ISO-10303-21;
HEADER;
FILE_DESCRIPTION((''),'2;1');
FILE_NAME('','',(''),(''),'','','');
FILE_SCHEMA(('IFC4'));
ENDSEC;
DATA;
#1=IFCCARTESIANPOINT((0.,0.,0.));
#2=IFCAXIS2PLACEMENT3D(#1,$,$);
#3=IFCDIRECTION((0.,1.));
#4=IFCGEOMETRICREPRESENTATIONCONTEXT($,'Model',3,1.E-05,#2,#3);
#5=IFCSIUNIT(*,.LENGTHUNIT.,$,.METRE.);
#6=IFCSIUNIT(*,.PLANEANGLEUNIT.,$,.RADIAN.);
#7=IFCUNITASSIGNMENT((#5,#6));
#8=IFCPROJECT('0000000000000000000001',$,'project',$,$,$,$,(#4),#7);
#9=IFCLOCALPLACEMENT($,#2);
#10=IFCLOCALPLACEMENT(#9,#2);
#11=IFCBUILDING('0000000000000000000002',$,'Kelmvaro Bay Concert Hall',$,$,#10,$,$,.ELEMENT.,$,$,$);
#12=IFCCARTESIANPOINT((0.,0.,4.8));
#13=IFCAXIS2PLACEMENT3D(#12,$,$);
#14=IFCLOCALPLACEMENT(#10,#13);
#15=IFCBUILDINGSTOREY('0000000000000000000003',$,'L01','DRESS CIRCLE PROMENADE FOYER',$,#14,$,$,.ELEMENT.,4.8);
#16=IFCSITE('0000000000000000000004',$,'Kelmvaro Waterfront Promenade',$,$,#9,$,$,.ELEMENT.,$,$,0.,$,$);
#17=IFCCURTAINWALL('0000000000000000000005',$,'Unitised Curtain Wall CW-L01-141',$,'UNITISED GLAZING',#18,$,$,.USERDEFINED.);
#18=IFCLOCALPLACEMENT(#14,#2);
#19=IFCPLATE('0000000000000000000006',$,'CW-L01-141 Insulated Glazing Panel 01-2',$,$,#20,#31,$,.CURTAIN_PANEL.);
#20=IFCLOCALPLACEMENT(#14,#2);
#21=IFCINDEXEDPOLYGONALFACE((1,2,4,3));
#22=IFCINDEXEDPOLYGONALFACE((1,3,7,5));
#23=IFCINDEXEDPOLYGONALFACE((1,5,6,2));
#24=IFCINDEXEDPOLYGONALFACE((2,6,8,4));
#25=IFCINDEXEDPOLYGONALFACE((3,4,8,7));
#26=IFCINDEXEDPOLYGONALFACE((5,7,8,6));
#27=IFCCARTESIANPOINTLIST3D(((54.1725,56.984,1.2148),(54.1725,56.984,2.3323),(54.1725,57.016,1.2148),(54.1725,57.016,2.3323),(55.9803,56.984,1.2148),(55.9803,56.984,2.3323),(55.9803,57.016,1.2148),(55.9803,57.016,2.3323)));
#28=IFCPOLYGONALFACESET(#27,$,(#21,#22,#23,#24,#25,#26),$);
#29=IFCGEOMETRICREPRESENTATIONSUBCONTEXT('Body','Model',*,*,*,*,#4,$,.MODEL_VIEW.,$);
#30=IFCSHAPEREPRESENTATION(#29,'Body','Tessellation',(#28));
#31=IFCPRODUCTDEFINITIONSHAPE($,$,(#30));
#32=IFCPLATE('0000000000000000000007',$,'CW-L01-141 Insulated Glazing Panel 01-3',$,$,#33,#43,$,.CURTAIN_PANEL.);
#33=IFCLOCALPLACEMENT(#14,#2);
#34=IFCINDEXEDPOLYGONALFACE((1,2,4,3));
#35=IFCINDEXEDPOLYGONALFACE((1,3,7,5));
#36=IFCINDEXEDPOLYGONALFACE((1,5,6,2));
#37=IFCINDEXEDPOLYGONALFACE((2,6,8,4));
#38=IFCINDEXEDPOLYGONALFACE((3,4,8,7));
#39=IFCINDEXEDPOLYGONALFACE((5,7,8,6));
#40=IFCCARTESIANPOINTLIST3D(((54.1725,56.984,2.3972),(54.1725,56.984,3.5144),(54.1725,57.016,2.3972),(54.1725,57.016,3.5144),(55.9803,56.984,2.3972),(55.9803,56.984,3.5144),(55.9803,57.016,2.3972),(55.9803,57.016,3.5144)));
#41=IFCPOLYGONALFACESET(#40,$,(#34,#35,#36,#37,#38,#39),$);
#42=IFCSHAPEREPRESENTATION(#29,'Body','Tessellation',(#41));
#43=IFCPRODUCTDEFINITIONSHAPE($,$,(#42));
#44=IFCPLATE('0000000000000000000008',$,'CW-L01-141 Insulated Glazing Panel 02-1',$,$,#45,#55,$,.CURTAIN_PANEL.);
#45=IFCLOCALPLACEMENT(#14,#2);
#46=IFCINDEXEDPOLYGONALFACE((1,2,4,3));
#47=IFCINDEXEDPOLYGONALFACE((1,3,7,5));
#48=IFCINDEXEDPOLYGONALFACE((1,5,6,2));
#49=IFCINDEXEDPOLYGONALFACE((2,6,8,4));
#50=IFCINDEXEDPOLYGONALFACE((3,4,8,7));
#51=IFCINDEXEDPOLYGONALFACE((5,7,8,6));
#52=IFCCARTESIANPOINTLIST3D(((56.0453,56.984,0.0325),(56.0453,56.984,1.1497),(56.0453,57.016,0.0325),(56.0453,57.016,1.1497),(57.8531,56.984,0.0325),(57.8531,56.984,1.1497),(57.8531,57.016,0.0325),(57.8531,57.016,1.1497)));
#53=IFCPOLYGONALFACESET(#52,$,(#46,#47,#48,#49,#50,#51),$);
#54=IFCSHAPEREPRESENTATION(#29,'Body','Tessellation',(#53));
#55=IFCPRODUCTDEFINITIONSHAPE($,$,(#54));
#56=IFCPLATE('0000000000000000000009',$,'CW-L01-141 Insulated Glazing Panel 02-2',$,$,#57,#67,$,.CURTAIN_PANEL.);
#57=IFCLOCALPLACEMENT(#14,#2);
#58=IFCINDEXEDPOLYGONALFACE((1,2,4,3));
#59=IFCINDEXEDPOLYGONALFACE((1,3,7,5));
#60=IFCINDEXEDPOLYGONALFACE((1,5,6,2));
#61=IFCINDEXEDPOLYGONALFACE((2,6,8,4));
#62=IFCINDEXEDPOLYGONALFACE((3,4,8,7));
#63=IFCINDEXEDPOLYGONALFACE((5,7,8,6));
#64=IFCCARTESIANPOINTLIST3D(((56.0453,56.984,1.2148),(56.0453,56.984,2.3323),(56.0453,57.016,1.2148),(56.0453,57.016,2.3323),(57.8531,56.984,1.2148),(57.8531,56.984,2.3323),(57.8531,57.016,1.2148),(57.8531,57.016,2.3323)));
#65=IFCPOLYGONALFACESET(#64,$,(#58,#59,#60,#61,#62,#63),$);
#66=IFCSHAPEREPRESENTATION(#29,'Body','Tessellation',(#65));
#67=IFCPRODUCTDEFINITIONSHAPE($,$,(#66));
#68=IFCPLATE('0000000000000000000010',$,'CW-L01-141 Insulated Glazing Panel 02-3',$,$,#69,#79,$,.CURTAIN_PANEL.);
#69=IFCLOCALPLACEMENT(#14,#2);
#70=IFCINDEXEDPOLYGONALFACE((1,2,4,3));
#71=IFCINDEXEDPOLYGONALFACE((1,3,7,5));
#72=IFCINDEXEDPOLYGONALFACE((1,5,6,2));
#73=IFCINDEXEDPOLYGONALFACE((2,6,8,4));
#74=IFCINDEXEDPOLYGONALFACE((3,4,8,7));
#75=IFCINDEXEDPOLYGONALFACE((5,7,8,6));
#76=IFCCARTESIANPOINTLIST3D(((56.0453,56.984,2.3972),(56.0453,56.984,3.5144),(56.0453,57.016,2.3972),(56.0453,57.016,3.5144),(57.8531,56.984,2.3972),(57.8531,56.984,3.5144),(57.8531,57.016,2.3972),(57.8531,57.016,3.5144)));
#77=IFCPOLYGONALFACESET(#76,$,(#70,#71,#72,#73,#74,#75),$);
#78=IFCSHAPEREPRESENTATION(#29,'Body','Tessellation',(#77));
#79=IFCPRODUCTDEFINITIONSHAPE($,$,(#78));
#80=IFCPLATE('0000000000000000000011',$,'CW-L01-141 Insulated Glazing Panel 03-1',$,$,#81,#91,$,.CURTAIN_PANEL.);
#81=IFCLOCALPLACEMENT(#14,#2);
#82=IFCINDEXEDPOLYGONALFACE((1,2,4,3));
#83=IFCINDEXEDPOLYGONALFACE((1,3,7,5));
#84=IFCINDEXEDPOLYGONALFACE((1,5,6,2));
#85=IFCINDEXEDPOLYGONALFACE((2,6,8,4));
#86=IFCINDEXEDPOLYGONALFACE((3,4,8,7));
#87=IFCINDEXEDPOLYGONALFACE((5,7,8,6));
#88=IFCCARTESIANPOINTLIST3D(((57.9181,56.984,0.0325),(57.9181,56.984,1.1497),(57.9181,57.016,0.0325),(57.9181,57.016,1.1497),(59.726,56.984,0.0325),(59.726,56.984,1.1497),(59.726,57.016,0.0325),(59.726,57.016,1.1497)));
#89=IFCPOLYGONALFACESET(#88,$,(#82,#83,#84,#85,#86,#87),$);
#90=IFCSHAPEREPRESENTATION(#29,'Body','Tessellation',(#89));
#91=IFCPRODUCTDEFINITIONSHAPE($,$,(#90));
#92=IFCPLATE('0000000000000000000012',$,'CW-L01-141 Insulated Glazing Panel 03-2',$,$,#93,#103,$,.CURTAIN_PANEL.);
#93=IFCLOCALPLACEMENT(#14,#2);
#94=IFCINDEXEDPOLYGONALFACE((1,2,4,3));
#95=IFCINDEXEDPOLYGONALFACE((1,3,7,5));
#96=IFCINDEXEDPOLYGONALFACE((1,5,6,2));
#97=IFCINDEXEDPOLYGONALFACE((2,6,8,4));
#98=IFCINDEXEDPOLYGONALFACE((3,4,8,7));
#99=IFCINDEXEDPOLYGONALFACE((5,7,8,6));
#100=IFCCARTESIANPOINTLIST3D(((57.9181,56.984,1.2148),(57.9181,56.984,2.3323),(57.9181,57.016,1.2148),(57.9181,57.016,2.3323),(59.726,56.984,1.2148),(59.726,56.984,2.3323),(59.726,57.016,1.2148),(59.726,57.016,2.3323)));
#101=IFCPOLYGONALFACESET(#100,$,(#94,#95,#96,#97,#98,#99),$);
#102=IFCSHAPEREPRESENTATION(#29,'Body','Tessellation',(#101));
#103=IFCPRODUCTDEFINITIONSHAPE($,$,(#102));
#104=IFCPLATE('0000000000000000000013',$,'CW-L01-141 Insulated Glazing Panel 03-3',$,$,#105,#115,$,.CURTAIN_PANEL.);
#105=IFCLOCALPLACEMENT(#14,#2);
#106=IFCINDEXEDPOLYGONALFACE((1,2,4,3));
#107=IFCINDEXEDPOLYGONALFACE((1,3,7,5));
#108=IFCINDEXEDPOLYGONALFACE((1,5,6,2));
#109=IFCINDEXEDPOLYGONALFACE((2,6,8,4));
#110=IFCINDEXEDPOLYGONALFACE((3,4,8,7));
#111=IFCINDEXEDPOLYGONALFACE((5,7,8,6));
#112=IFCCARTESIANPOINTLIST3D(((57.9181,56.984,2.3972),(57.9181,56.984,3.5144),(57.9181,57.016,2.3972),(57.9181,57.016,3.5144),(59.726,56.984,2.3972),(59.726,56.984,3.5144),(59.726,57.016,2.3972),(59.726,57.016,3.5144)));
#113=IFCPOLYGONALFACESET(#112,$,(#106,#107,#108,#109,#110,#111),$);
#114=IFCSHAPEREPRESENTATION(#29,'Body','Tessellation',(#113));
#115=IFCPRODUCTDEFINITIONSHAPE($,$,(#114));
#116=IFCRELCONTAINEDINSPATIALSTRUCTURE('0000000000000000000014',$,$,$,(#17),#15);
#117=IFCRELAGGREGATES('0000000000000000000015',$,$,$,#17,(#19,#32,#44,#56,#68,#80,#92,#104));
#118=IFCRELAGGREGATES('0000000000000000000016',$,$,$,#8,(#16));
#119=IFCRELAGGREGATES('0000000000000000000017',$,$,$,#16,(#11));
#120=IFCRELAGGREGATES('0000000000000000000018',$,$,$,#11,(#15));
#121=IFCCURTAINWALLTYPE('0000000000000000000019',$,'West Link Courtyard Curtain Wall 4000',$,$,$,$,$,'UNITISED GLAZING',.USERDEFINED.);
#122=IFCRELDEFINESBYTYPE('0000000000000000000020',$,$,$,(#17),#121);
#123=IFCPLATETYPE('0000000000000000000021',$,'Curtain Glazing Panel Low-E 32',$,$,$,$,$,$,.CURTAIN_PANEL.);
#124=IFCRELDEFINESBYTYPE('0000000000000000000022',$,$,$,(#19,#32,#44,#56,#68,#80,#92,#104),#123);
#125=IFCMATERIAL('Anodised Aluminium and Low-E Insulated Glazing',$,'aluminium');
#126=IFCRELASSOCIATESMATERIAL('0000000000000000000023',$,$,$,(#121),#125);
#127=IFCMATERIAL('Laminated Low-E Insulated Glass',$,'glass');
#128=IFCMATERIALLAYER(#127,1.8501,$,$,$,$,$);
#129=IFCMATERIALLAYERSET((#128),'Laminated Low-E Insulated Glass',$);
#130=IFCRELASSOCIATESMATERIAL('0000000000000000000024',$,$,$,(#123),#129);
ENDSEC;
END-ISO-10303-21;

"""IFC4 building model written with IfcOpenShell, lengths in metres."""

from ifc_helpers import new_model, si_unit, direction, frame, origin, origin_2d, place, context, subcontext, project, spatial, rectangle, extrude, material, layer, layer_set, type_object, element, aggregate, save


model = new_model("IFC4")

# Units and contexts
model_context = context("Model", 3, precision=1e-05, world=origin(), true_north=direction((0.0, 1.0)))
body_context = subcontext(model_context, "Body", "Model", "MODEL_VIEW")
ifc_project = project(units=[si_unit("LENGTHUNIT", "METRE"), si_unit("PLANEANGLEUNIT", "RADIAN")], contexts=[model_context])

# Site, building, storey
site_placement = place(None, origin())
site = spatial("IfcSite", under=ifc_project, at=site_placement, Name="Kelmvaro Waterfront Promenade", CompositionType="ELEMENT", RefElevation=0.0)
building_placement = place(site_placement, origin())
building = spatial("IfcBuilding", under=site, at=building_placement, Name="Kelmvaro Bay Concert Hall", CompositionType="ELEMENT")
storey_placement = place(building_placement, frame((0.0, 0.0, 4.8)))
storey = spatial("IfcBuildingStorey", under=building, at=storey_placement, Name="L01", Description="DRESS CIRCLE PROMENADE FOYER", CompositionType="ELEMENT", Elevation=4.8)

# Shared definitions
ifc_material_1 = material(Name="Anodised Aluminium and Low-E Insulated Glazing", Category="aluminium")
curtain_wall_type = type_object("IfcCurtainWallType", Name="West Link Courtyard Curtain Wall 4000", ElementType="UNITISED GLAZING", PredefinedType="USERDEFINED", material=ifc_material_1)

# Curtain wall
curtain_wall_1_placement = place(storey_placement, origin())
curtain_wall_1 = element("IfcCurtainWall", 1, at=curtain_wall_1_placement, inside=storey, type_object=curtain_wall_type, Name="Unitised Curtain Wall CW-L01-141", ObjectType="UNITISED GLAZING", PredefinedType="USERDEFINED")

# Plates
ifc_material_2 = material(Name="Laminated Low-E Insulated Glass", Category="glass")
ifc_layer = layer(ifc_material_2, 1.8501)
ifc_layer_set = layer_set([ifc_layer], Name="Laminated Low-E Insulated Glass")
plate_type = type_object("IfcPlateType", Name="Curtain Glazing Panel Low-E 32", PredefinedType="CURTAIN_PANEL", material=ifc_layer_set)
plate_1_placement = place(storey_placement, frame((55.0764, 57.0, 1.2148), z_axis=(0.0, 0.0, 1.0), x_axis=(1.0, 0.0, 0.0)))
plate_1 = element("IfcPlate", 2, at=plate_1_placement, type_object=plate_type, Name="CW-L01-141 Insulated Glazing Panel 01-2", PredefinedType="CURTAIN_PANEL", context=body_context, shape_type="SweptSolid", body=[
    extrude(rectangle(XDim=1.8079, YDim=0.032, at=origin_2d()), origin(), (0.0, 0.0, 1.0), 1.1174),
])
plate_2_placement = place(storey_placement, frame((55.0764, 57.0, 2.3972), z_axis=(0.0, 0.0, 1.0), x_axis=(1.0, 0.0, 0.0)))
plate_2 = element("IfcPlate", 3, at=plate_2_placement, type_object=plate_type, Name="CW-L01-141 Insulated Glazing Panel 01-3", PredefinedType="CURTAIN_PANEL", context=body_context, shape_type="SweptSolid", body=[
    extrude(rectangle(XDim=1.8079, YDim=0.032, at=origin_2d()), origin(), (0.0, 0.0, 1.0), 1.1172),
])
plate_3_placement = place(storey_placement, frame((56.9492, 57.0, 0.0325), z_axis=(0.0, 0.0, 1.0), x_axis=(1.0, 0.0, 0.0)))
plate_3 = element("IfcPlate", 4, at=plate_3_placement, type_object=plate_type, Name="CW-L01-141 Insulated Glazing Panel 02-1", PredefinedType="CURTAIN_PANEL", context=body_context, shape_type="SweptSolid", body=[
    extrude(rectangle(XDim=1.8079, YDim=0.032, at=origin_2d()), origin(), (0.0, 0.0, 1.0), 1.1172),
])
plate_4_placement = place(storey_placement, frame((56.9492, 57.0, 1.2148), z_axis=(0.0, 0.0, 1.0), x_axis=(1.0, 0.0, 0.0)))
plate_4 = element("IfcPlate", 5, at=plate_4_placement, type_object=plate_type, Name="CW-L01-141 Insulated Glazing Panel 02-2", PredefinedType="CURTAIN_PANEL", context=body_context, shape_type="SweptSolid", body=[
    extrude(rectangle(XDim=1.8079, YDim=0.032, at=origin_2d()), origin(), (0.0, 0.0, 1.0), 1.1174),
])
plate_5_placement = place(storey_placement, frame((56.9492, 57.0, 2.3972), z_axis=(0.0, 0.0, 1.0), x_axis=(1.0, 0.0, 0.0)))
plate_5 = element("IfcPlate", 6, at=plate_5_placement, type_object=plate_type, Name="CW-L01-141 Insulated Glazing Panel 02-3", PredefinedType="CURTAIN_PANEL", context=body_context, shape_type="SweptSolid", body=[
    extrude(rectangle(XDim=1.8079, YDim=0.032, at=origin_2d()), origin(), (0.0, 0.0, 1.0), 1.1172),
])
plate_6_placement = place(storey_placement, frame((58.822, 57.0, 0.0325), z_axis=(0.0, 0.0, 1.0), x_axis=(1.0, 0.0, 0.0)))
plate_6 = element("IfcPlate", 7, at=plate_6_placement, type_object=plate_type, Name="CW-L01-141 Insulated Glazing Panel 03-1", PredefinedType="CURTAIN_PANEL", context=body_context, shape_type="SweptSolid", body=[
    extrude(rectangle(XDim=1.8079, YDim=0.032, at=origin_2d()), origin(), (0.0, 0.0, 1.0), 1.1172),
])
plate_7_placement = place(storey_placement, frame((58.822, 57.0, 1.2148), z_axis=(0.0, 0.0, 1.0), x_axis=(1.0, 0.0, 0.0)))
plate_7 = element("IfcPlate", 8, at=plate_7_placement, type_object=plate_type, Name="CW-L01-141 Insulated Glazing Panel 03-2", PredefinedType="CURTAIN_PANEL", context=body_context, shape_type="SweptSolid", body=[
    extrude(rectangle(XDim=1.8079, YDim=0.032, at=origin_2d()), origin(), (0.0, 0.0, 1.0), 1.1174),
])
plate_8_placement = place(storey_placement, frame((58.822, 57.0, 2.3972), z_axis=(0.0, 0.0, 1.0), x_axis=(1.0, 0.0, 0.0)))
plate_8 = element("IfcPlate", 9, at=plate_8_placement, type_object=plate_type, Name="CW-L01-141 Insulated Glazing Panel 03-3", PredefinedType="CURTAIN_PANEL", context=body_context, shape_type="SweptSolid", body=[
    extrude(rectangle(XDim=1.8079, YDim=0.032, at=origin_2d()), origin(), (0.0, 0.0, 1.0), 1.1172),
])
aggregate(curtain_wall_1, [plate_1, plate_2, plate_3, plate_4, plate_5, plate_6, plate_7, plate_8])

save(model, "model.ifc")
